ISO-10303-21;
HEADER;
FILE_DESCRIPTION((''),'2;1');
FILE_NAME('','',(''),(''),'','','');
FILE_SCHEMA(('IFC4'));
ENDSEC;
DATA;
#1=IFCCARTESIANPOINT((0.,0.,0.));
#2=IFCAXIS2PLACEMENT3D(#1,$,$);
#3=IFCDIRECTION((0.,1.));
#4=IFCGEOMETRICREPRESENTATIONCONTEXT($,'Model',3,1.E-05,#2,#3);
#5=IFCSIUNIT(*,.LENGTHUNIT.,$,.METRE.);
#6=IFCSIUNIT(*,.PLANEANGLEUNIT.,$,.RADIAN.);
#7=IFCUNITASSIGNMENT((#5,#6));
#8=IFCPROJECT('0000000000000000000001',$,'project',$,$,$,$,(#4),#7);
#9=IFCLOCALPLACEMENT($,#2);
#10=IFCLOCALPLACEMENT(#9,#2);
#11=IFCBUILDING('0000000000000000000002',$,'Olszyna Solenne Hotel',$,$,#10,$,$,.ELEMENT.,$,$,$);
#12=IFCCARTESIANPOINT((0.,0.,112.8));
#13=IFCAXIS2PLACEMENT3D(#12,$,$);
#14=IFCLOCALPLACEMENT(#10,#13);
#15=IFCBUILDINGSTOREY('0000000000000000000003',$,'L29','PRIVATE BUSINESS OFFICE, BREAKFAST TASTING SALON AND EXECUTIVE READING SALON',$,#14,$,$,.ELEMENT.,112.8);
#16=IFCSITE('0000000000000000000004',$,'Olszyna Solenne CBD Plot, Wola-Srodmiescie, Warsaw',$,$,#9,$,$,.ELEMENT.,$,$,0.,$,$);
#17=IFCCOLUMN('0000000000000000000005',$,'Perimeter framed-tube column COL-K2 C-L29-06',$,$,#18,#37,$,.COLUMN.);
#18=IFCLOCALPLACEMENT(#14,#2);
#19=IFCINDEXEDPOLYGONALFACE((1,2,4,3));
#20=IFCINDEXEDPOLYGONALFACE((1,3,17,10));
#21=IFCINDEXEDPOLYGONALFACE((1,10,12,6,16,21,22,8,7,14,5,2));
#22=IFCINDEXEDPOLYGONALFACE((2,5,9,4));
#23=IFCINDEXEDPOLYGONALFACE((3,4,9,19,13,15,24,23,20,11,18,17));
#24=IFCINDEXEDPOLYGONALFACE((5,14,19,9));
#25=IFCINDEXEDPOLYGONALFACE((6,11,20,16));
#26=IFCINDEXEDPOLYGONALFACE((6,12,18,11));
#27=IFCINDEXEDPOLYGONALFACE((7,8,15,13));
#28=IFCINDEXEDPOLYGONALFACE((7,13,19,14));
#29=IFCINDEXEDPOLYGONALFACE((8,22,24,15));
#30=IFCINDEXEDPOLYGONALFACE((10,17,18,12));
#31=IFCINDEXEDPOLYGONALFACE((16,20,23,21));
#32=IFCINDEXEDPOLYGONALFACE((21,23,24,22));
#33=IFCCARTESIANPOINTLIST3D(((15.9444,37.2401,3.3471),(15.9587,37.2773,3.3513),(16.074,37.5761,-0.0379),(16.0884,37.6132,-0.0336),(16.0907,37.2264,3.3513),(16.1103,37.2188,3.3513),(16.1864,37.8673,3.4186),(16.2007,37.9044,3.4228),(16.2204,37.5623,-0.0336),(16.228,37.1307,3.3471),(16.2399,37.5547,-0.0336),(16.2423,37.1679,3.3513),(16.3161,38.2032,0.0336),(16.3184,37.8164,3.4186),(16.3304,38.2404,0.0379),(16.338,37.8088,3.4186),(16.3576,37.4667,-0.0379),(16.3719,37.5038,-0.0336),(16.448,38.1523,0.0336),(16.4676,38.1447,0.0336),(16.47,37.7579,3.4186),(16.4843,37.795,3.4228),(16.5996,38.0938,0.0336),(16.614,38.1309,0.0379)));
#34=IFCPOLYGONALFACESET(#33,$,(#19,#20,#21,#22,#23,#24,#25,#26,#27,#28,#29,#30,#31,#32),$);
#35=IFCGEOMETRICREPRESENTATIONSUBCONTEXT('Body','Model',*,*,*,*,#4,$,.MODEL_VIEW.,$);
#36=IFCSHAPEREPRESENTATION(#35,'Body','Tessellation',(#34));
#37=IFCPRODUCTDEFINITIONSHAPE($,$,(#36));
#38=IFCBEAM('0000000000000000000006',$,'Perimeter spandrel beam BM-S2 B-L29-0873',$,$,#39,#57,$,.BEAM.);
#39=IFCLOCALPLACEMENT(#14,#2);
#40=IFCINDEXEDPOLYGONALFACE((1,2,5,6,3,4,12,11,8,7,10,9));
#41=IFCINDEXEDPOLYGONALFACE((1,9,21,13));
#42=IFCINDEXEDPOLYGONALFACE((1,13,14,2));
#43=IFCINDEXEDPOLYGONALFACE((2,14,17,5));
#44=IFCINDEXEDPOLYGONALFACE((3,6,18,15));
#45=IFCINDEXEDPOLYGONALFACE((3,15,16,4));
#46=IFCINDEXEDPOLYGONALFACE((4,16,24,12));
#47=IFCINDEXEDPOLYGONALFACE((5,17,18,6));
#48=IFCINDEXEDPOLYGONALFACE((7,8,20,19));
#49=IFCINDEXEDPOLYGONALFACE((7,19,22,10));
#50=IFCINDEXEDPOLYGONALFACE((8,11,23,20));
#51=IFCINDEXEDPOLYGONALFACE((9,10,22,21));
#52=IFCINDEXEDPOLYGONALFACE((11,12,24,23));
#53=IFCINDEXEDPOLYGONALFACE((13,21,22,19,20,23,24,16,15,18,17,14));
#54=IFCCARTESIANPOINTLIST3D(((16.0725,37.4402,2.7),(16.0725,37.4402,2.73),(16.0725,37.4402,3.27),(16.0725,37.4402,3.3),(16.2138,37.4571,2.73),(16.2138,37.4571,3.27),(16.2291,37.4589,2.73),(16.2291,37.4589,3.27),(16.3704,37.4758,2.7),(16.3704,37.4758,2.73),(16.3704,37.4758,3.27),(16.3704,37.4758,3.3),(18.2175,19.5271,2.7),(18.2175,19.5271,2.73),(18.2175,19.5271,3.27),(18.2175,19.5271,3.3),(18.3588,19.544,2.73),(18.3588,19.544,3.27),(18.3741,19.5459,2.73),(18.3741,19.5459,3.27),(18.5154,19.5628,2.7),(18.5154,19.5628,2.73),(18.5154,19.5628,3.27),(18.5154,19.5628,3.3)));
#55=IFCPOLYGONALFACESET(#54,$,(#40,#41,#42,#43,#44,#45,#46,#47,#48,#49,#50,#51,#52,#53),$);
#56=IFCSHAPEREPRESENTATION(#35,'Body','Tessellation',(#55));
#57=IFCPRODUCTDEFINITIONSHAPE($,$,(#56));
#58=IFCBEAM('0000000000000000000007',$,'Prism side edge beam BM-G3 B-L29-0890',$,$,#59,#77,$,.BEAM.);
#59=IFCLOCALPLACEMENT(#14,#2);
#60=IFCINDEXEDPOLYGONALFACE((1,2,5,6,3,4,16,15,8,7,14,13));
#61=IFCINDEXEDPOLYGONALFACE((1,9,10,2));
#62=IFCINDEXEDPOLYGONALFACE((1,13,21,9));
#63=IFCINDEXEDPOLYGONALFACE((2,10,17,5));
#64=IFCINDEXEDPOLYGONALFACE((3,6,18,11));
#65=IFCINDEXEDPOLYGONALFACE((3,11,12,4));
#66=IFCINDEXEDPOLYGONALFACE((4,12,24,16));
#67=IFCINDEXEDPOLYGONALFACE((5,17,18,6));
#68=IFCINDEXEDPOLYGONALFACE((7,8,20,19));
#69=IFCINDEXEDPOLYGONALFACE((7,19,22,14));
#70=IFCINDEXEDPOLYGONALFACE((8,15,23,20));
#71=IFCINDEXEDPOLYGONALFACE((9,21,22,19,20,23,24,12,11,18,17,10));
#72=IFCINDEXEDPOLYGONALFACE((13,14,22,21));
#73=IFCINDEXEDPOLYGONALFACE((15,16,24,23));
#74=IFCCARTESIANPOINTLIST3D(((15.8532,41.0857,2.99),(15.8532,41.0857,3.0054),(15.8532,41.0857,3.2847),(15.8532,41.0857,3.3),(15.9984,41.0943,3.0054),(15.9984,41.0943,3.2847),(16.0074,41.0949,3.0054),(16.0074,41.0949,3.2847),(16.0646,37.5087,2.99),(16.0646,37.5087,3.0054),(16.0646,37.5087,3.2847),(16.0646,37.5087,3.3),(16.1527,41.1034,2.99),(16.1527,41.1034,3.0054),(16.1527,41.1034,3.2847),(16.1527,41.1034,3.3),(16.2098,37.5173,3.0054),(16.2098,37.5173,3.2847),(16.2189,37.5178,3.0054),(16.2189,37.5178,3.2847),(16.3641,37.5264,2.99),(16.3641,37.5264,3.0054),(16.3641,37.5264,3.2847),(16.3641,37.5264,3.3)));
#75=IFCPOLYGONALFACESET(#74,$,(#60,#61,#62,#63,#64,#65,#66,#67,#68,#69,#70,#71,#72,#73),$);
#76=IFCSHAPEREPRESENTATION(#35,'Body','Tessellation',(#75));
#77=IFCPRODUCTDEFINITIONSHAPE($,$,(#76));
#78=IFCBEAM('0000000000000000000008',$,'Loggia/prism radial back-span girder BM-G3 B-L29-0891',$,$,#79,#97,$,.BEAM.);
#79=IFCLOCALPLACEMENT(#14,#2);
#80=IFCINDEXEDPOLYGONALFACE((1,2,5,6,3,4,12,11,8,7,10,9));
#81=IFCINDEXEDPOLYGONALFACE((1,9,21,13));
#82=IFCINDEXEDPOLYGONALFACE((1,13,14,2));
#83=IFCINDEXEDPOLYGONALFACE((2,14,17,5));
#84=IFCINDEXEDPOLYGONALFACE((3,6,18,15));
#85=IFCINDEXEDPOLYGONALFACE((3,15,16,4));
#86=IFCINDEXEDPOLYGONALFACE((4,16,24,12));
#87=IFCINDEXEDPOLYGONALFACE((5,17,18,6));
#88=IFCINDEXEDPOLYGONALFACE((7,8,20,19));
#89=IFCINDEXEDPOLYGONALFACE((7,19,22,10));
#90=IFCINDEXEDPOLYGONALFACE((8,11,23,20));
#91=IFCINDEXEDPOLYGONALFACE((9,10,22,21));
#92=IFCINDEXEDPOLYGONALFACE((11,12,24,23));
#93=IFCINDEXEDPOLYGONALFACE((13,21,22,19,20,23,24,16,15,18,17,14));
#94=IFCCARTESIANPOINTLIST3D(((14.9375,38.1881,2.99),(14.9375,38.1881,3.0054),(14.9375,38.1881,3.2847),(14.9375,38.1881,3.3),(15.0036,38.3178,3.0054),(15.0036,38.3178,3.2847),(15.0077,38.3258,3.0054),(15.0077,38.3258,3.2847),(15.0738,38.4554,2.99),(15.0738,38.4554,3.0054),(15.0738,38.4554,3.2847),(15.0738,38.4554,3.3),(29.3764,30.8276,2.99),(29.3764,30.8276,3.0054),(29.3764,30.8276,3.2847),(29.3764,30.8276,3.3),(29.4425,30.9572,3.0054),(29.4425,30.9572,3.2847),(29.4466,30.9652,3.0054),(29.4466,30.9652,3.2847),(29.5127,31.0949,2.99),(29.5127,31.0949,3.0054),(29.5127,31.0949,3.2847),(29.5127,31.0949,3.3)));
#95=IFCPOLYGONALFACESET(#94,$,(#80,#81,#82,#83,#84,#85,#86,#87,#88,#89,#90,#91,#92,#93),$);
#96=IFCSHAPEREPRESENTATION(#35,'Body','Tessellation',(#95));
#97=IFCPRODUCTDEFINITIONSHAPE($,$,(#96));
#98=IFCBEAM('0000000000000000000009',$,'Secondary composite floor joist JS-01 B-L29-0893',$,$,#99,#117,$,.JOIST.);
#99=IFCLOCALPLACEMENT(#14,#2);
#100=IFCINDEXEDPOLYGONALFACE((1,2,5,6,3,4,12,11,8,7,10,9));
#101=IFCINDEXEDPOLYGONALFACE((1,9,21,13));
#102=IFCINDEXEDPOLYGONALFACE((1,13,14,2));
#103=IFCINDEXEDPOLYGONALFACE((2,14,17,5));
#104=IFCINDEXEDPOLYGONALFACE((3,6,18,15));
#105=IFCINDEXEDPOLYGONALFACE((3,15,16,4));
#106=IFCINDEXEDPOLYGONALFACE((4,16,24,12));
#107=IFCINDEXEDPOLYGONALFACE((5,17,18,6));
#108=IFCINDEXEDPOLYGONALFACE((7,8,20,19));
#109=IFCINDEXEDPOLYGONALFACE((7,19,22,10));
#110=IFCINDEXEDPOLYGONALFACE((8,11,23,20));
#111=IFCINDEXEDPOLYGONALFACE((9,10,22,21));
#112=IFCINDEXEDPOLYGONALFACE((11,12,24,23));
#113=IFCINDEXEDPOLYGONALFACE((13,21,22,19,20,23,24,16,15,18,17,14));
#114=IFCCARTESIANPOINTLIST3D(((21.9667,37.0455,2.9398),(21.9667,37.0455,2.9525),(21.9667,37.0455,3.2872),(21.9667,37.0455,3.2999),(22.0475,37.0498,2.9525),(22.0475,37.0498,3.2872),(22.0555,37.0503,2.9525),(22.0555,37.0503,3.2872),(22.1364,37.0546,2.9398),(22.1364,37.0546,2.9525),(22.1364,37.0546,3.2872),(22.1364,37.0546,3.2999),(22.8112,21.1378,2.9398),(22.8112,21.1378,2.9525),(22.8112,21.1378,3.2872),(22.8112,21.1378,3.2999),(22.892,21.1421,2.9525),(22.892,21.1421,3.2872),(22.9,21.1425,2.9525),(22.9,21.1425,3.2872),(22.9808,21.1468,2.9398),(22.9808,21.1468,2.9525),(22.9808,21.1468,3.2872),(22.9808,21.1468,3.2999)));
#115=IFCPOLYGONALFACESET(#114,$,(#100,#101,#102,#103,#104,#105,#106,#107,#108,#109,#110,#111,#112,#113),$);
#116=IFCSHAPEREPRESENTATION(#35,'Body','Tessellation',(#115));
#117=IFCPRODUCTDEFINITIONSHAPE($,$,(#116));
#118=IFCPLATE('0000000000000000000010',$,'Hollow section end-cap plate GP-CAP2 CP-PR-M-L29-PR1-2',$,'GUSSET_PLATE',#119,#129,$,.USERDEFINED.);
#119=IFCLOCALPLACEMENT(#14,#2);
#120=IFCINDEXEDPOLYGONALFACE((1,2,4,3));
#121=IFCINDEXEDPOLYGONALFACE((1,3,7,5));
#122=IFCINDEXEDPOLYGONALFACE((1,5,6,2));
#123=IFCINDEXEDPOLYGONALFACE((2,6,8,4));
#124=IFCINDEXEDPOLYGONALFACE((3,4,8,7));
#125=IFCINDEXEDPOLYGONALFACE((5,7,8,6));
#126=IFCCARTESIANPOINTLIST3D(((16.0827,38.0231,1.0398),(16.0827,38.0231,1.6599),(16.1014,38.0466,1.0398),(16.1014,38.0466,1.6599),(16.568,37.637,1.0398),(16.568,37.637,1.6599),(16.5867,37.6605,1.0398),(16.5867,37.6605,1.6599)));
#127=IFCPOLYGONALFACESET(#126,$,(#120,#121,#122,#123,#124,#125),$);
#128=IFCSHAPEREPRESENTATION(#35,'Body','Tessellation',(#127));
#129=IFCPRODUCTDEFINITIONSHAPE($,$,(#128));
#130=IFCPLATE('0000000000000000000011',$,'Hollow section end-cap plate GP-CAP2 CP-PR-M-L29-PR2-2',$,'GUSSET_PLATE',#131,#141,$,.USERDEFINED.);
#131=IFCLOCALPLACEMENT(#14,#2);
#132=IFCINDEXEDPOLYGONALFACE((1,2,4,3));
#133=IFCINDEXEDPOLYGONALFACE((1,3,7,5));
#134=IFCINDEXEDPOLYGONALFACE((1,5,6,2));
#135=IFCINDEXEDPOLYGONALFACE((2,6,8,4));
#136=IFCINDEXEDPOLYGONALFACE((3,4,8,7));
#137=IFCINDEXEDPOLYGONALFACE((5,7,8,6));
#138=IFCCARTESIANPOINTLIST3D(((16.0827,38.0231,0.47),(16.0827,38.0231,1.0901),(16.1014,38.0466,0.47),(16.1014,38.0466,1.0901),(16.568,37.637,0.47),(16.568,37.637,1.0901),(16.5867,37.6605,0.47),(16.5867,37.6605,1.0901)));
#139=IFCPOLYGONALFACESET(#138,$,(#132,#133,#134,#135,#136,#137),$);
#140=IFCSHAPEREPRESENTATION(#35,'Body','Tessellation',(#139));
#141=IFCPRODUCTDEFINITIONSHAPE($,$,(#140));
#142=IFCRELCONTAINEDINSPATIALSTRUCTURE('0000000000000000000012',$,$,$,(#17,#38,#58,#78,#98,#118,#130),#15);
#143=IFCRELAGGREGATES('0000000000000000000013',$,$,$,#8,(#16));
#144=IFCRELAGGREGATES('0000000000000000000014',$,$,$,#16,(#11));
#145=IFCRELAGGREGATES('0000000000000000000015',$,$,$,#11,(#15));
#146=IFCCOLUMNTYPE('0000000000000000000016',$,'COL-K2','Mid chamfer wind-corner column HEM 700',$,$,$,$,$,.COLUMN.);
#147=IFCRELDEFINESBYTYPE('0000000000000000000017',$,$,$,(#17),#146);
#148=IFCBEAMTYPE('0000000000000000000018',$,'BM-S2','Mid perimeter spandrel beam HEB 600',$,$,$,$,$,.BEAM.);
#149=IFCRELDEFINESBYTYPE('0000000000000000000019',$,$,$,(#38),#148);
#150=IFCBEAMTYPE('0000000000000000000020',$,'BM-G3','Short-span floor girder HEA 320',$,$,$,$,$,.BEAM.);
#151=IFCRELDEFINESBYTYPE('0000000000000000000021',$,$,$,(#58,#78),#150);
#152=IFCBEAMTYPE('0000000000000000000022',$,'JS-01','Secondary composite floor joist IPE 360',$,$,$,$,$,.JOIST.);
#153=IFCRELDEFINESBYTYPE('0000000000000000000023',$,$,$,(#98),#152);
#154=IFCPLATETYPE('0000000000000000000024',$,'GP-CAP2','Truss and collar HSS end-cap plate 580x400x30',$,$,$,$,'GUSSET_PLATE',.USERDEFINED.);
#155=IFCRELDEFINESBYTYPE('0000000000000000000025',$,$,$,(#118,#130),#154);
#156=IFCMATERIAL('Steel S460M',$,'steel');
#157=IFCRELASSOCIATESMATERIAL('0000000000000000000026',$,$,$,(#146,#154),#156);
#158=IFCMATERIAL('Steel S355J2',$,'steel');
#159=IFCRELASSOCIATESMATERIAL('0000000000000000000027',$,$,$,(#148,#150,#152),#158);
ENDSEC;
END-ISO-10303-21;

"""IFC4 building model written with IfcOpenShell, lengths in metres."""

from ifc_helpers import new_model, si_unit, direction, frame, origin, origin_2d, place, context, subcontext, project, spatial, rectangle, i_section, extrude, source, transform, mapped, material, material_profile, profile_set, type_object, element, save


model = new_model("IFC4")

# Units and contexts
model_context = context("Model", 3, precision=1e-05, world=origin(), true_north=direction((0.0, 1.0)))
body_context = subcontext(model_context, "Body", "Model", "MODEL_VIEW")
ifc_project = project(units=[si_unit("LENGTHUNIT", "METRE"), si_unit("PLANEANGLEUNIT", "RADIAN")], contexts=[model_context])

# Site, building, storey
site_placement = place(None, origin())
site = spatial("IfcSite", under=ifc_project, at=site_placement, Name="Olszyna Solenne CBD Plot, Wola-Srodmiescie, Warsaw", CompositionType="ELEMENT", RefElevation=0.0)
building_placement = place(site_placement, origin())
building = spatial("IfcBuilding", under=site, at=building_placement, Name="Olszyna Solenne Hotel", CompositionType="ELEMENT")
storey_placement = place(building_placement, frame((0.0, 0.0, 112.8)))
storey = spatial("IfcBuildingStorey", under=building, at=storey_placement, Name="L29", Description="PRIVATE BUSINESS OFFICE, BREAKFAST TASTING SALON AND EXECUTIVE READING SALON", CompositionType="ELEMENT", Elevation=112.8)

# Column
ifc_material_1 = material(Name="Steel S460M", Category="steel")
ifc_material_profile_1 = material_profile(ifc_material_1, i_section(OverallWidth=0.304, OverallDepth=0.7161, WebThickness=0.021, FlangeThickness=0.04, at=origin_2d()), Name="HEM 700", Category="load-bearing")
ifc_profile_set_1 = profile_set([ifc_material_profile_1], Name="Steel S460M")
column_type = type_object("IfcColumnType", Name="COL-K2", Description="Mid chamfer wind-corner column HEM 700", PredefinedType="COLUMN", material=ifc_profile_set_1)
shared_shape_1 = source(origin(), body_context, "Body", "SweptSolid", [
    extrude(i_section(OverallWidth=0.304, OverallDepth=0.7161, WebThickness=0.021, FlangeThickness=0.04, at=origin_2d()), origin(), (0.0, 0.0, 1.0), 3.4041),
])
column_placement = place(storey_placement, frame((16.344, 37.8535, 0.0), z_axis=(-0.038083, -0.098686, 0.99439), x_axis=(0.932943, -0.360024, 0.0)))
element("IfcColumn", 1, at=column_placement, inside=storey, type_object=column_type, Name="Perimeter framed-tube column COL-K2 C-L29-06", PredefinedType="COLUMN", context=body_context, shape_type="MappedRepresentation", body=[
    mapped(shared_shape_1, transform((0.0, 0.0, 0.0), x_axis=(1.0, 0.0, 0.0), y_axis=(0.0, 1.0, 0.0), z_axis=(0.0, 0.0, 1.0), scale=1.0)),
])

# Beams
ifc_material_2 = material(Name="Steel S355J2", Category="steel")
ifc_material_profile_2 = material_profile(ifc_material_2, i_section(OverallWidth=0.3, OverallDepth=0.6001, WebThickness=0.0154, FlangeThickness=0.03, at=origin_2d()), Name="HEB 600", Category="load-bearing")
ifc_profile_set_2 = profile_set([ifc_material_profile_2], Name="Steel S355J2")
beam_type_1 = type_object("IfcBeamType", Name="BM-S2", Description="Mid perimeter spandrel beam HEB 600", PredefinedType="BEAM", material=ifc_profile_set_2)
shared_shape_2 = source(origin(), body_context, "Body", "SweptSolid", [
    extrude(i_section(OverallWidth=0.3, OverallDepth=0.6001, WebThickness=0.0154, FlangeThickness=0.03, at=origin_2d()), origin(), (0.0, 0.0, 1.0), 18.041),
])
beam_1_placement = place(storey_placement, frame((16.2214, 37.458, 3.0), z_axis=(0.118897, -0.992907, 0.0), x_axis=(0.992907, 0.118897, 0.0)))
element("IfcBeam", 2, at=beam_1_placement, inside=storey, type_object=beam_type_1, Name="Perimeter spandrel beam BM-S2 B-L29-0873", PredefinedType="BEAM", context=body_context, shape_type="MappedRepresentation", body=[
    mapped(shared_shape_2, transform((0.0, 0.0, 0.0), x_axis=(1.0, 0.0, 0.0), y_axis=(0.0, 1.0, 0.0), z_axis=(0.0, 0.0, 1.0), scale=1.0)),
])
ifc_material_profile_3 = material_profile(ifc_material_2, i_section(OverallWidth=0.3, OverallDepth=0.3101, WebThickness=0.009, FlangeThickness=0.0154, at=origin_2d()), Name="HEA 320", Category="load-bearing")
ifc_profile_set_3 = profile_set([ifc_material_profile_3], Name="Steel S355J2")
beam_type_2 = type_object("IfcBeamType", Name="BM-G3", Description="Short-span floor girder HEA 320", PredefinedType="BEAM", material=ifc_profile_set_3)
shared_shape_3 = source(origin(), body_context, "Body", "SweptSolid", [
    extrude(i_section(OverallWidth=0.3, OverallDepth=0.3101, WebThickness=0.009, FlangeThickness=0.0154, at=origin_2d()), origin(), (0.0, 0.0, 1.0), 3.5833),
])
beam_2_placement = place(storey_placement, frame((16.2144, 37.5176, 3.145), z_axis=(-0.059006, 0.998258, 0.0), x_axis=(-0.998258, -0.059006, 0.0)))
element("IfcBeam", 3, at=beam_2_placement, inside=storey, type_object=beam_type_2, Name="Prism side edge beam BM-G3 B-L29-0890", PredefinedType="BEAM", context=body_context, shape_type="MappedRepresentation", body=[
    mapped(shared_shape_3, transform((0.0, 0.0, 0.0), x_axis=(1.0, 0.0, 0.0), y_axis=(0.0, 1.0, 0.0), z_axis=(0.0, 0.0, 1.0), scale=1.0)),
])
shared_shape_4 = source(origin(), body_context, "Body", "SweptSolid", [
    extrude(i_section(OverallWidth=0.3, OverallDepth=0.3101, WebThickness=0.009, FlangeThickness=0.0154, at=origin_2d()), origin(), (0.0, 0.0, 1.0), 16.2068),
])
beam_3_placement = place(storey_placement, frame((15.0056, 38.3218, 3.145), z_axis=(0.890917, -0.454166, 0.0), x_axis=(0.454166, 0.890917, 0.0)))
element("IfcBeam", 4, at=beam_3_placement, inside=storey, type_object=beam_type_2, Name="Loggia/prism radial back-span girder BM-G3 B-L29-0891", PredefinedType="BEAM", context=body_context, shape_type="MappedRepresentation", body=[
    mapped(shared_shape_4, transform((0.0, 0.0, 0.0), x_axis=(1.0, 0.0, 0.0), y_axis=(0.0, 1.0, 0.0), z_axis=(0.0, 0.0, 1.0), scale=1.0)),
])
ifc_material_profile_4 = material_profile(ifc_material_2, i_section(OverallWidth=0.1699, OverallDepth=0.3601, WebThickness=0.0081, FlangeThickness=0.0127, at=origin_2d()), Name="IPE 360", Category="load-bearing")
ifc_profile_set_4 = profile_set([ifc_material_profile_4], Name="Steel S355J2")
beam_type_3 = type_object("IfcBeamType", Name="JS-01", Description="Secondary composite floor joist IPE 360", PredefinedType="JOIST", material=ifc_profile_set_4)
shared_shape_5 = source(origin(), body_context, "Body", "SweptSolid", [
    extrude(i_section(OverallWidth=0.1699, OverallDepth=0.3601, WebThickness=0.0081, FlangeThickness=0.0127, at=origin_2d()), origin(), (0.0, 0.0, 1.0), 15.9302),
])
beam_4_placement = place(storey_placement, frame((22.0515, 37.05, 3.1199), z_axis=(0.053012, -0.998594, 0.0), x_axis=(0.998594, 0.053012, 0.0)))
element("IfcBeam", 5, at=beam_4_placement, inside=storey, type_object=beam_type_3, Name="Secondary composite floor joist JS-01 B-L29-0893", PredefinedType="JOIST", context=body_context, shape_type="MappedRepresentation", body=[
    mapped(shared_shape_5, transform((0.0, 0.0, 0.0), x_axis=(1.0, 0.0, 0.0), y_axis=(0.0, 1.0, 0.0), z_axis=(0.0, 0.0, 1.0), scale=1.0)),
])

# Plates
plate_type = type_object("IfcPlateType", Name="GP-CAP2", Description="Truss and collar HSS end-cap plate 580x400x30", ElementType="GUSSET_PLATE", PredefinedType="USERDEFINED", material=ifc_material_1)
shared_shape_6 = source(origin(), body_context, "Body", "SweptSolid", [
    extrude(rectangle(XDim=0.03, YDim=0.6201, at=origin_2d()), origin(), (0.0, 0.0, 1.0), 0.6201),
])
for number, where, z_axis, x_axis, name in (
    (6, (16.3347, 37.8418, 1.0398), (0.0, 0.0, 1.0), (-0.622515, -0.782608, 0.0), "Hollow section end-cap plate GP-CAP2 CP-PR-M-L29-PR1-2"),
    (7, (16.3347, 37.8418, 0.47), (0.0, 0.0, 1.0), (-0.622515, -0.782608, 0.0), "Hollow section end-cap plate GP-CAP2 CP-PR-M-L29-PR2-2"),
):
    element("IfcPlate", number, at=place(storey_placement, frame(where, z_axis=z_axis, x_axis=x_axis)), inside=storey, type_object=plate_type, Name=name, ObjectType="GUSSET_PLATE", PredefinedType="USERDEFINED", context=body_context, shape_type="MappedRepresentation", body=[
        mapped(shared_shape_6, transform((0.0, 0.0, 0.0), x_axis=(1.0, 0.0, 0.0), y_axis=(0.0, 1.0, 0.0), z_axis=(0.0, 0.0, 1.0), scale=1.0)),
    ])

save(model, "model.ifc")
